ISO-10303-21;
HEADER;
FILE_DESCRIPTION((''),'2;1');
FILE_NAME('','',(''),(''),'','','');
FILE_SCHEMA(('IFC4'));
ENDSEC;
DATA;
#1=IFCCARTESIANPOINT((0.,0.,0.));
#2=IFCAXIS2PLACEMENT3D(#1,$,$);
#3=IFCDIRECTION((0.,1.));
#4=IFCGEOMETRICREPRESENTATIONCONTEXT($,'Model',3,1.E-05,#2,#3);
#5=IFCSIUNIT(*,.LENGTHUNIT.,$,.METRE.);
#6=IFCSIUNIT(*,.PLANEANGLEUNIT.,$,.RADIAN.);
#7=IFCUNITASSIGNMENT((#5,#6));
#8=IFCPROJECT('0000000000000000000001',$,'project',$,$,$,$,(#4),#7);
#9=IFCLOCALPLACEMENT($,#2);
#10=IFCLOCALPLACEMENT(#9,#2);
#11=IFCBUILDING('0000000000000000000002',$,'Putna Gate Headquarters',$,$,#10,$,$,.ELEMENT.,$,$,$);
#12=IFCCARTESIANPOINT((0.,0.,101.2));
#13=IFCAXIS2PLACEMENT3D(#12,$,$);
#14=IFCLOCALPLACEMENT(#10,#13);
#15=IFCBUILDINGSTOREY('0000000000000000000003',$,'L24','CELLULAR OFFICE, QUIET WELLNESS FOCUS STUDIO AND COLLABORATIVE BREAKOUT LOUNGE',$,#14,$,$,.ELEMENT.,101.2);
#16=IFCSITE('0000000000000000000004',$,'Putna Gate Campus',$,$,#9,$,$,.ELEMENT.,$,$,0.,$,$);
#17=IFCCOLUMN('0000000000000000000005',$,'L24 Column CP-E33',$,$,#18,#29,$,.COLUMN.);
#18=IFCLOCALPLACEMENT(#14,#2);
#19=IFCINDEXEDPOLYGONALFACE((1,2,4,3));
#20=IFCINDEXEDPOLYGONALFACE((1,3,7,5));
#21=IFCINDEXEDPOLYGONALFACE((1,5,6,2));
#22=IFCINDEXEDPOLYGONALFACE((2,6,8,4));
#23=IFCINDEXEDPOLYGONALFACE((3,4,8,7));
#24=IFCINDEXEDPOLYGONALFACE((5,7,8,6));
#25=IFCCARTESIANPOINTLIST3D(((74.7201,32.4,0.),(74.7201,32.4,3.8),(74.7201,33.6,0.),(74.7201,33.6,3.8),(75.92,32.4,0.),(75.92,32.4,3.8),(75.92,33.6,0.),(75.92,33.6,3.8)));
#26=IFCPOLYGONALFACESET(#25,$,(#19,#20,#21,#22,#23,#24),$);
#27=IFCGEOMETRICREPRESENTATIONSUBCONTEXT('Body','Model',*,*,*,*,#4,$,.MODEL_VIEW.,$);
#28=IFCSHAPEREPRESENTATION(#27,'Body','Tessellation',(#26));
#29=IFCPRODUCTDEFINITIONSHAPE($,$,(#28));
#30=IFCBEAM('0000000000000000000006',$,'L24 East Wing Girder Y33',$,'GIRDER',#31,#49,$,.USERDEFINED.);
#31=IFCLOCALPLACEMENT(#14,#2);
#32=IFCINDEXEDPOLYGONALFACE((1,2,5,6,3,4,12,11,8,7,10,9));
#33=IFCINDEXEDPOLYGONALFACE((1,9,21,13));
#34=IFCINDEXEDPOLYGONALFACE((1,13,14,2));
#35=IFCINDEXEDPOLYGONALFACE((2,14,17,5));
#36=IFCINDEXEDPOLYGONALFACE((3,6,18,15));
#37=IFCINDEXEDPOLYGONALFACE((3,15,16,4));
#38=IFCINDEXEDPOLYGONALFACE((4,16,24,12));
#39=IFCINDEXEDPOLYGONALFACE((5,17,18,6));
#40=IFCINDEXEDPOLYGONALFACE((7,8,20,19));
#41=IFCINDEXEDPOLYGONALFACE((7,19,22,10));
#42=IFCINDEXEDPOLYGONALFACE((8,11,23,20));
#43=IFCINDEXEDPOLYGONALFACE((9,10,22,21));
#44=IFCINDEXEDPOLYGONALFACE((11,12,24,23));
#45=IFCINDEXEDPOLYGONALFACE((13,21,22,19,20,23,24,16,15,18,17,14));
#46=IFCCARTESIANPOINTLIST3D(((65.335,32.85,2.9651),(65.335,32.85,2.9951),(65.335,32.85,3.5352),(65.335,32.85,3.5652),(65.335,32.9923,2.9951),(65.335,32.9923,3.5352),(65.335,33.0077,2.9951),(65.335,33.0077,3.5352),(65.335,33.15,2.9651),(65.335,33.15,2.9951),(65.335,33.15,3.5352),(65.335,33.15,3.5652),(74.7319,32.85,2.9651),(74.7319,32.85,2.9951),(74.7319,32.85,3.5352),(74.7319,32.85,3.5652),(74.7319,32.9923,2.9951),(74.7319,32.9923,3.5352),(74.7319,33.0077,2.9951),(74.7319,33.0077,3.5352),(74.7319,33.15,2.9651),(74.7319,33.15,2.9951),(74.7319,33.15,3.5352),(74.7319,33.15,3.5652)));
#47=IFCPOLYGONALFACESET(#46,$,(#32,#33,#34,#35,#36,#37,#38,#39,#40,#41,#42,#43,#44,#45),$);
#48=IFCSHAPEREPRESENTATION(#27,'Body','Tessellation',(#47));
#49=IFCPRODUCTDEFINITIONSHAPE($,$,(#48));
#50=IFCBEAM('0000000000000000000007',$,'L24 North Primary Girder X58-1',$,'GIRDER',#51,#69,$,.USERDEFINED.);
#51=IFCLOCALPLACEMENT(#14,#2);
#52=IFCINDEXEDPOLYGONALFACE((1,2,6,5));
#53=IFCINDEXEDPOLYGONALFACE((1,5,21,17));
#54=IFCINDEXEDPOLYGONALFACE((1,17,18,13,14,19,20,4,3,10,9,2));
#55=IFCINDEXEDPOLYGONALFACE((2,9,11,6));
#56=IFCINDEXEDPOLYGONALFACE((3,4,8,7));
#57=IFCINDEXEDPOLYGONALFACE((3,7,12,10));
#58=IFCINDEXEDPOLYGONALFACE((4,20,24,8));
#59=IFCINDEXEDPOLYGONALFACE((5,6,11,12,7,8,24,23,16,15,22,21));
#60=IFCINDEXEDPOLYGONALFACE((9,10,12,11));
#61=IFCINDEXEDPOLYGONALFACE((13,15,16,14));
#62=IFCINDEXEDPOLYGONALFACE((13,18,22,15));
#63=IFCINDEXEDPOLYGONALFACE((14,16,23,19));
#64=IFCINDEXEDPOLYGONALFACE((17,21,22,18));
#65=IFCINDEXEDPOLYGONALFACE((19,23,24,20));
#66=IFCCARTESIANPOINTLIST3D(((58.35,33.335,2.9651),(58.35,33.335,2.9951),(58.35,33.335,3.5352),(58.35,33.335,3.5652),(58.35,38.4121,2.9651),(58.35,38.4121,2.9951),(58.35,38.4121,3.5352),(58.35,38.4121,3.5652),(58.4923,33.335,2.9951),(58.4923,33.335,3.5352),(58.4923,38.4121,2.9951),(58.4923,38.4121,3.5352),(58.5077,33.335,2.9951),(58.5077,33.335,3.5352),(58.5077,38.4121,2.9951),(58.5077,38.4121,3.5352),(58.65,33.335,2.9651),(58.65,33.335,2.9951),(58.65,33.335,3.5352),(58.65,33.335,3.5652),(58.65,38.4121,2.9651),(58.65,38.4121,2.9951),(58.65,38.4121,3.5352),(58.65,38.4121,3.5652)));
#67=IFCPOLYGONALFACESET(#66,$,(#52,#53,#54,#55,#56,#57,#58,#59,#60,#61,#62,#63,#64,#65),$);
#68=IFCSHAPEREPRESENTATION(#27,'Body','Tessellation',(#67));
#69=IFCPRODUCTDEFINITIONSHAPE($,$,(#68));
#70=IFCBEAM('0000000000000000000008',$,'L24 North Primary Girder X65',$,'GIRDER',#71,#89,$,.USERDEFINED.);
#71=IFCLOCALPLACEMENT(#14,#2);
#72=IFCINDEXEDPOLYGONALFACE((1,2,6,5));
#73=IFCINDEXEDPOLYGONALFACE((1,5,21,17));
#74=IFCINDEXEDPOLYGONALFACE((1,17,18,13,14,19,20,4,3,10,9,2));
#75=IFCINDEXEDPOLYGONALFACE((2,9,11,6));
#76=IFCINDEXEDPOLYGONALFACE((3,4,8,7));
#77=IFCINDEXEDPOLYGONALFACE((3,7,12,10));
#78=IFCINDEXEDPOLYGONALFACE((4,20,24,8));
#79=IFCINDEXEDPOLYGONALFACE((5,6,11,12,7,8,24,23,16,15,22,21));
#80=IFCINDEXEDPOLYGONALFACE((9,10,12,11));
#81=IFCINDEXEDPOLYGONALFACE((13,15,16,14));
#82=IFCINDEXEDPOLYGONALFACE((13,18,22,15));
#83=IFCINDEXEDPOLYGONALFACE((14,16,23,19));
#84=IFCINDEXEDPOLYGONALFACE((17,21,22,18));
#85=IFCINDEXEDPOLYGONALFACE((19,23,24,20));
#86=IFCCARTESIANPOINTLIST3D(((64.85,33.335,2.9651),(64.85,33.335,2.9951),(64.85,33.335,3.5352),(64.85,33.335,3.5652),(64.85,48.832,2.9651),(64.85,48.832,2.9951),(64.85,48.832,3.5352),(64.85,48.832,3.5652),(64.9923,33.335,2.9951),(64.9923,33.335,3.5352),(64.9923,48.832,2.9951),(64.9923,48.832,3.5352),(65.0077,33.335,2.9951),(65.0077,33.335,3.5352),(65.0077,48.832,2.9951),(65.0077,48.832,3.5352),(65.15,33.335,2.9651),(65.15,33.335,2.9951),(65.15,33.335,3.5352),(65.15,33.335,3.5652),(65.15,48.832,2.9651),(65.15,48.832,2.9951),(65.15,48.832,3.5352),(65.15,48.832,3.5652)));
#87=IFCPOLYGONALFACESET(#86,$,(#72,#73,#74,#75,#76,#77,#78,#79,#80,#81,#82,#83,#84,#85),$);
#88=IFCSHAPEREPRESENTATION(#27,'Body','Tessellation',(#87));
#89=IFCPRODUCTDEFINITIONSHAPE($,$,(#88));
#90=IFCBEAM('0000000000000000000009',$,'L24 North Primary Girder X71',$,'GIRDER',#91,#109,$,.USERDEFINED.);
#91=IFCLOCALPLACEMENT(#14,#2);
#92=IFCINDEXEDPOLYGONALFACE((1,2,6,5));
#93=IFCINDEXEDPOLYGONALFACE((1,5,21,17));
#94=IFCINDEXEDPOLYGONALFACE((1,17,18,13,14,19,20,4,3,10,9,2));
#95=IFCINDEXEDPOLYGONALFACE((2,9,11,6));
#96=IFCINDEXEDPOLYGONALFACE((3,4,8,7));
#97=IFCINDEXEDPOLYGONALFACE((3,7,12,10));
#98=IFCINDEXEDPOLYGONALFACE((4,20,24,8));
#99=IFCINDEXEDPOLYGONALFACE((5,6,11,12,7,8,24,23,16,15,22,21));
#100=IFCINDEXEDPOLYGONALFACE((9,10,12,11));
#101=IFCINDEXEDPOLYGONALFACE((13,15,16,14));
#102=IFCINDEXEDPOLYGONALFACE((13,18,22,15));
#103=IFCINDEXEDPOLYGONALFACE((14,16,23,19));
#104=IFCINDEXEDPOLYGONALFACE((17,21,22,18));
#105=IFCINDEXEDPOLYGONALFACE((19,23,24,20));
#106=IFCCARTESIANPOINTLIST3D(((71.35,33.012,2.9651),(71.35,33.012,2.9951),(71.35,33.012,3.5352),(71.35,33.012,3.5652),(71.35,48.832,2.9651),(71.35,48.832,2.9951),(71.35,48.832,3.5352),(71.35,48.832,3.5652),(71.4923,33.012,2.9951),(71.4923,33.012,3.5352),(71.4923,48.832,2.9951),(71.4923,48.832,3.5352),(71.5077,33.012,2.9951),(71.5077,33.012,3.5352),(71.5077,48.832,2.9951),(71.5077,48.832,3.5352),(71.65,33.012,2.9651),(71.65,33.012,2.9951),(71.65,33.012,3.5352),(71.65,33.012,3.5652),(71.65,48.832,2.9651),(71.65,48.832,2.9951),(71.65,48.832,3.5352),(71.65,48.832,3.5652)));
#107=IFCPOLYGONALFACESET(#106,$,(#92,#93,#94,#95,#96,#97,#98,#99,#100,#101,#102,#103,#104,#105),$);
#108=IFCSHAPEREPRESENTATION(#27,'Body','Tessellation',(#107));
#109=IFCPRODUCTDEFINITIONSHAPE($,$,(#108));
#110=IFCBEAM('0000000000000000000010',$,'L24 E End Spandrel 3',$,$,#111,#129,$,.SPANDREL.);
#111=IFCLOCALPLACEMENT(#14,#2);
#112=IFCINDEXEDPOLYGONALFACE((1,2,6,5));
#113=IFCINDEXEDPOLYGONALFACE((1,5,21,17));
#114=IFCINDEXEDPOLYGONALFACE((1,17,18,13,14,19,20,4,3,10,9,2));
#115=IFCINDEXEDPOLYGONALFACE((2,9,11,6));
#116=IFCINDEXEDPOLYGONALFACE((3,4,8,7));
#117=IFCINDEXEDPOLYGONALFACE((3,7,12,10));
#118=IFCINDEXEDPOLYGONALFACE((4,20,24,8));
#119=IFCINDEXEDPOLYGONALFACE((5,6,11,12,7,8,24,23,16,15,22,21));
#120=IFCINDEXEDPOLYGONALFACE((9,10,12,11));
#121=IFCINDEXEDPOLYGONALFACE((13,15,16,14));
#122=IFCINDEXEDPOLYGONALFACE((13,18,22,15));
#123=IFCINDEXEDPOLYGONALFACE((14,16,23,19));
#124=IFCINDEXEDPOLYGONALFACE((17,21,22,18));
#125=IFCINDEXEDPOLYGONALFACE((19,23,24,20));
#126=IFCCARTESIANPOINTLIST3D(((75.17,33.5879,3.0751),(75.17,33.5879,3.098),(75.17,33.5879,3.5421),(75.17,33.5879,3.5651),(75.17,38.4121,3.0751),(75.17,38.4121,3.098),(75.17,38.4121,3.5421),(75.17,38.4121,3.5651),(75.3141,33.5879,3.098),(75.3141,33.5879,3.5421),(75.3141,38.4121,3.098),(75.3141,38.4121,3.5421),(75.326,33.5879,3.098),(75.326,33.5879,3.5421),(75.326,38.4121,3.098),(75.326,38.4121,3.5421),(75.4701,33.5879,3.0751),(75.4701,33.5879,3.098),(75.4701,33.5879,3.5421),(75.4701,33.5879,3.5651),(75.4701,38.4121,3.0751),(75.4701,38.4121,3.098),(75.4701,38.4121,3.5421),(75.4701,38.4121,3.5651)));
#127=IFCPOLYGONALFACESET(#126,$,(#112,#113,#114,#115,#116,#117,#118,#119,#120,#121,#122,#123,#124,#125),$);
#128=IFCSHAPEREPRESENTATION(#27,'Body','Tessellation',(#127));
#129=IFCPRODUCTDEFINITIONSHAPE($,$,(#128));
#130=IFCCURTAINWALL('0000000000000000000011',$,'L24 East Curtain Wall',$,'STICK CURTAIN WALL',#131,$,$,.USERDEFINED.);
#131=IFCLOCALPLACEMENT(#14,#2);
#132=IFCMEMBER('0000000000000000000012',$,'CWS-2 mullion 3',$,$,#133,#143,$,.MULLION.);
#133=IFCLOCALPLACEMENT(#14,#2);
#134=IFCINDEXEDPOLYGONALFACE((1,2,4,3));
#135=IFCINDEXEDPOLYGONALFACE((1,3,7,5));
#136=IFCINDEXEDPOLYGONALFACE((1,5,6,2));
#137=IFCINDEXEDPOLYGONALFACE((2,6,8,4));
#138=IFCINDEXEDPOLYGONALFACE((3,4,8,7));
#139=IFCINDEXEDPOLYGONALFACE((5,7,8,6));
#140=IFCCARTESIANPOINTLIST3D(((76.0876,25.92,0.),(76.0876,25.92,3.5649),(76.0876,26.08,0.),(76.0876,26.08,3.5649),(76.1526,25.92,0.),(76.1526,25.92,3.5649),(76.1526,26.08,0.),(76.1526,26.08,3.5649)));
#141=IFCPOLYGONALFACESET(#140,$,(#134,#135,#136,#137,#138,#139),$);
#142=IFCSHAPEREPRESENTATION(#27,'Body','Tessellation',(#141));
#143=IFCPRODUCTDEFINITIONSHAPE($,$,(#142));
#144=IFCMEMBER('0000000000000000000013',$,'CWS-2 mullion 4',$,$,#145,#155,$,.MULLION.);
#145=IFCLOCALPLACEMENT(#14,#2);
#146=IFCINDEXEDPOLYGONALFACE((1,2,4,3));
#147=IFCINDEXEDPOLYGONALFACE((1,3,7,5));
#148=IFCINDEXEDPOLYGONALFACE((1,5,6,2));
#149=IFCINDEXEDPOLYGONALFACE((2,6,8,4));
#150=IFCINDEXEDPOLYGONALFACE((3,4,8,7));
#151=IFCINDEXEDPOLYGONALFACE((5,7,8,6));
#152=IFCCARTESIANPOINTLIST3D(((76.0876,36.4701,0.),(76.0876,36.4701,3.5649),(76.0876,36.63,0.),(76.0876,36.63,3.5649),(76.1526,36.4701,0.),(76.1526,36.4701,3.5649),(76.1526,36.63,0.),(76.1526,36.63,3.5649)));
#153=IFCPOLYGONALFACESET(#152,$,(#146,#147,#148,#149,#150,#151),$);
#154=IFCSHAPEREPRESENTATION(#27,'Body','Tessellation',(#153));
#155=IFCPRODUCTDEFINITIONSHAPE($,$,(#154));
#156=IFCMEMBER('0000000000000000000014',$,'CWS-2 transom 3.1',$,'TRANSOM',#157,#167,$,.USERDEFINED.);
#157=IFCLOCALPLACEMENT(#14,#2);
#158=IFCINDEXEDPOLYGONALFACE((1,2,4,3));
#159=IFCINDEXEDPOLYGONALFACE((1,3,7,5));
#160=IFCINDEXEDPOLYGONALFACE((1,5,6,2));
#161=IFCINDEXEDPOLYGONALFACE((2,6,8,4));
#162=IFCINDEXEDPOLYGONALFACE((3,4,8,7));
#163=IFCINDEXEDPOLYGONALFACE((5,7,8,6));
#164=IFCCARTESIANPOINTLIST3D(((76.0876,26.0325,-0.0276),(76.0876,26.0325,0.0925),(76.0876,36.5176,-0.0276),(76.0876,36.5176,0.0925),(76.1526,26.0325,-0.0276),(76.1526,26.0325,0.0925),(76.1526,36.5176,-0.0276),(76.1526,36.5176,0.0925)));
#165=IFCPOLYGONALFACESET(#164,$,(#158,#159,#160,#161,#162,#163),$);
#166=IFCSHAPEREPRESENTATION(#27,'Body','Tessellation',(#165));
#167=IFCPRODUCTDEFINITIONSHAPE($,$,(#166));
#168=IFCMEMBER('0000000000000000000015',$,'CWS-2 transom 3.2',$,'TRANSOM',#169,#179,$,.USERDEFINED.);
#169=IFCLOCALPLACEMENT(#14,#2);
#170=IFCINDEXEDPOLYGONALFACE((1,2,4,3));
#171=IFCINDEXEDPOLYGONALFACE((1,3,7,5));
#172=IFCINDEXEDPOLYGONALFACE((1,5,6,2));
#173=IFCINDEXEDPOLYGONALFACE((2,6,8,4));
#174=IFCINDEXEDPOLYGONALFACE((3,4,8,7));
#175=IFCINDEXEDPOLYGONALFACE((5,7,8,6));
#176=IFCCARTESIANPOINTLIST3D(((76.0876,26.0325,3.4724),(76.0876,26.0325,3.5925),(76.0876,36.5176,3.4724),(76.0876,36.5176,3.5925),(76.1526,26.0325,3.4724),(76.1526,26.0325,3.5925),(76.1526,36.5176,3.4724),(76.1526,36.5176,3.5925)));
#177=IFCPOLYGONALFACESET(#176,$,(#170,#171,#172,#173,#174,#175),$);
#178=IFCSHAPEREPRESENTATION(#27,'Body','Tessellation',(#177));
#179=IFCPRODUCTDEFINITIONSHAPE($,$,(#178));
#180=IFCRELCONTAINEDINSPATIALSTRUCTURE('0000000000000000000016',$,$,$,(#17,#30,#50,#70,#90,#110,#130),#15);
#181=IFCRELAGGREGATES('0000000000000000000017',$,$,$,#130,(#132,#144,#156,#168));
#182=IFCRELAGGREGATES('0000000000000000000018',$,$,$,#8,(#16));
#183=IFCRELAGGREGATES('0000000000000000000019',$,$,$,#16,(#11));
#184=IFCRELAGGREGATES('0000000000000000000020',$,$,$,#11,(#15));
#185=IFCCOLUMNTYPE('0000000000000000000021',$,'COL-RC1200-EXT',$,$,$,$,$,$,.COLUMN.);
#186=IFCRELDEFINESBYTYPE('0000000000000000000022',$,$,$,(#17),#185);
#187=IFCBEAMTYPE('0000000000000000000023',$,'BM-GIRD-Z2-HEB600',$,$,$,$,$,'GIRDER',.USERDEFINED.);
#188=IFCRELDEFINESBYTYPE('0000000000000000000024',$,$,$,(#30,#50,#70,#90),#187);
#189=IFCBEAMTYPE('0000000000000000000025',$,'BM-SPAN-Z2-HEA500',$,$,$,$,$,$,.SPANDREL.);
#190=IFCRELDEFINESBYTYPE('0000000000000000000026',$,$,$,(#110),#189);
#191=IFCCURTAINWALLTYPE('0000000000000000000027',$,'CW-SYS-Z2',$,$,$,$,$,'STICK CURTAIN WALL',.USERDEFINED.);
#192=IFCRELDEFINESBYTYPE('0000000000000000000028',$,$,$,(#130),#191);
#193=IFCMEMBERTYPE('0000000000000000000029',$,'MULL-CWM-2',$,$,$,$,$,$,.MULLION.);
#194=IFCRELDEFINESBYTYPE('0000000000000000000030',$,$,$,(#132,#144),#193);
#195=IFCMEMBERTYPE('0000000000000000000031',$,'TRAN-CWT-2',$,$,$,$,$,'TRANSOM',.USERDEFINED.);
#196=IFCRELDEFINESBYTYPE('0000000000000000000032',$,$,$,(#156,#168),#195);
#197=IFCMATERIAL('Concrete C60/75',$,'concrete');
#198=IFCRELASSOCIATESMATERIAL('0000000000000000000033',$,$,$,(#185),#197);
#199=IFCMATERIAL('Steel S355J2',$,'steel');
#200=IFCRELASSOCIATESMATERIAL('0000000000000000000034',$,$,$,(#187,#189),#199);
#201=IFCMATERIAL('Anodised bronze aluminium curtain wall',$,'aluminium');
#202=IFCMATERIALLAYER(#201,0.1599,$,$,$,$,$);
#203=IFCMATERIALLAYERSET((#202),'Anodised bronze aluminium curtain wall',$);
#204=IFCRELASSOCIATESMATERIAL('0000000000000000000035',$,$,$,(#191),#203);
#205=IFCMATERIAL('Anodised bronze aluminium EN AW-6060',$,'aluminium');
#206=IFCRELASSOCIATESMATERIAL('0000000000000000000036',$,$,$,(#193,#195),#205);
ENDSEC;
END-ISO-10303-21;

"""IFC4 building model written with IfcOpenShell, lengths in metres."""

from ifc_helpers import new_model, si_unit, direction, frame, origin, origin_2d, place, context, subcontext, project, spatial, rectangle, i_section, extrude, material, layer, layer_set, material_profile, profile_set, type_object, element, aggregate, save


model = new_model("IFC4")

# Units and contexts
model_context = context("Model", 3, precision=1e-05, world=origin(), true_north=direction((0.0, 1.0)))
body_context = subcontext(model_context, "Body", "Model", "MODEL_VIEW")
ifc_project = project(units=[si_unit("LENGTHUNIT", "METRE"), si_unit("PLANEANGLEUNIT", "RADIAN")], contexts=[model_context])

# Site, building, storey
site_placement = place(None, origin())
site = spatial("IfcSite", under=ifc_project, at=site_placement, Name="Putna Gate Campus", CompositionType="ELEMENT", RefElevation=0.0)
building_placement = place(site_placement, origin())
building = spatial("IfcBuilding", under=site, at=building_placement, Name="Putna Gate Headquarters", CompositionType="ELEMENT")
storey_placement = place(building_placement, frame((0.0, 0.0, 101.2)))
storey = spatial("IfcBuildingStorey", under=building, at=storey_placement, Name="L24", Description="CELLULAR OFFICE, QUIET WELLNESS FOCUS STUDIO AND COLLABORATIVE BREAKOUT LOUNGE", CompositionType="ELEMENT", Elevation=101.2)

# Column
ifc_material_1 = material(Name="Concrete C60/75", Category="concrete")
ifc_material_profile_1 = material_profile(ifc_material_1, rectangle(XDim=1.2, YDim=1.2, at=origin_2d()), Name="Concrete C60/75")
ifc_profile_set_1 = profile_set([ifc_material_profile_1], Name="Concrete C60/75")
column_type = type_object("IfcColumnType", Name="COL-RC1200-EXT", PredefinedType="COLUMN", material=ifc_profile_set_1)
column_placement = place(storey_placement, frame((75.3201, 33.0, 0.0), z_axis=(0.0, 0.0, 1.0), x_axis=(1.0, 0.0, 0.0)))
element("IfcColumn", 1, at=column_placement, inside=storey, type_object=column_type, Name="L24 Column CP-E33", PredefinedType="COLUMN", context=body_context, shape_type="SweptSolid", body=[
    extrude(rectangle(XDim=1.2, YDim=1.2, at=origin_2d()), origin(), (0.0, 0.0, 1.0), 3.8),
])

# Beams
ifc_material_2 = material(Name="Steel S355J2", Category="steel")
ifc_material_profile_2 = material_profile(ifc_material_2, i_section(OverallWidth=0.3, OverallDepth=0.6001, WebThickness=0.0154, FlangeThickness=0.03, at=origin_2d()), Name="Steel S355J2")
ifc_profile_set_2 = profile_set([ifc_material_profile_2], Name="Steel S355J2")
beam_type_1 = type_object("IfcBeamType", Name="BM-GIRD-Z2-HEB600", ElementType="GIRDER", PredefinedType="USERDEFINED", material=ifc_profile_set_2)
beam_1_placement = place(storey_placement, frame((65.335, 33.0, 3.2651), z_axis=(1.0, 0.0, 0.0), x_axis=(0.0, 1.0, 0.0)))
element("IfcBeam", 2, at=beam_1_placement, inside=storey, type_object=beam_type_1, Name="L24 East Wing Girder Y33", ObjectType="GIRDER", PredefinedType="USERDEFINED", context=body_context, shape_type="SweptSolid", body=[
    extrude(i_section(OverallWidth=0.3, OverallDepth=0.6001, WebThickness=0.0154, FlangeThickness=0.03, at=origin_2d()), origin(), (0.0, 0.0, 1.0), 9.397),
])
beam_2_placement = place(storey_placement, frame((58.5, 33.335, 3.2651), z_axis=(0.0, 1.0, 0.0), x_axis=(-1.0, 0.0, 0.0)))
element("IfcBeam", 3, at=beam_2_placement, inside=storey, type_object=beam_type_1, Name="L24 North Primary Girder X58-1", ObjectType="GIRDER", PredefinedType="USERDEFINED", context=body_context, shape_type="SweptSolid", body=[
    extrude(i_section(OverallWidth=0.3, OverallDepth=0.6001, WebThickness=0.0154, FlangeThickness=0.03, at=origin_2d()), origin(), (0.0, 0.0, 1.0), 5.0771),
])
beam_3_placement = place(storey_placement, frame((65.0, 33.335, 3.2651), z_axis=(0.0, 1.0, 0.0), x_axis=(-1.0, 0.0, 0.0)))
element("IfcBeam", 4, at=beam_3_placement, inside=storey, type_object=beam_type_1, Name="L24 North Primary Girder X65", ObjectType="GIRDER", PredefinedType="USERDEFINED", context=body_context, shape_type="SweptSolid", body=[
    extrude(i_section(OverallWidth=0.3, OverallDepth=0.6001, WebThickness=0.0154, FlangeThickness=0.03, at=origin_2d()), origin(), (0.0, 0.0, 1.0), 15.4971),
])
beam_4_placement = place(storey_placement, frame((71.5, 33.012, 3.2651), z_axis=(0.0, 1.0, 0.0), x_axis=(-1.0, 0.0, 0.0)))
element("IfcBeam", 5, at=beam_4_placement, inside=storey, type_object=beam_type_1, Name="L24 North Primary Girder X71", ObjectType="GIRDER", PredefinedType="USERDEFINED", context=body_context, shape_type="SweptSolid", body=[
    extrude(i_section(OverallWidth=0.3, OverallDepth=0.6001, WebThickness=0.0154, FlangeThickness=0.03, at=origin_2d()), origin(), (0.0, 0.0, 1.0), 15.8201),
])
ifc_material_profile_3 = material_profile(ifc_material_2, i_section(OverallWidth=0.3, OverallDepth=0.49, WebThickness=0.012, FlangeThickness=0.0229, at=origin_2d()), Name="Steel S355J2")
ifc_profile_set_3 = profile_set([ifc_material_profile_3], Name="Steel S355J2")
beam_type_2 = type_object("IfcBeamType", Name="BM-SPAN-Z2-HEA500", PredefinedType="SPANDREL", material=ifc_profile_set_3)
beam_5_placement = place(storey_placement, frame((75.3201, 33.5879, 3.3201), z_axis=(0.0, 1.0, 0.0), x_axis=(-1.0, 0.0, 0.0)))
element("IfcBeam", 6, at=beam_5_placement, inside=storey, type_object=beam_type_2, Name="L24 E End Spandrel 3", PredefinedType="SPANDREL", context=body_context, shape_type="SweptSolid", body=[
    extrude(i_section(OverallWidth=0.3, OverallDepth=0.49, WebThickness=0.012, FlangeThickness=0.0229, at=origin_2d()), origin(), (0.0, 0.0, 1.0), 4.8242),
])

# Curtain wall, members
ifc_material_3 = material(Name="Anodised bronze aluminium curtain wall", Category="aluminium")
ifc_layer_1 = layer(ifc_material_3, 0.1599)
ifc_layer_set_1 = layer_set([ifc_layer_1], Name="Anodised bronze aluminium curtain wall")
curtain_wall_type = type_object("IfcCurtainWallType", Name="CW-SYS-Z2", ElementType="STICK CURTAIN WALL", PredefinedType="USERDEFINED", material=ifc_layer_set_1)
curtain_wall_placement = place(storey_placement, origin())
curtain_wall = element("IfcCurtainWall", 7, at=curtain_wall_placement, inside=storey, type_object=curtain_wall_type, Name="L24 East Curtain Wall", ObjectType="STICK CURTAIN WALL", PredefinedType="USERDEFINED")
ifc_material_4 = material(Name="Anodised bronze aluminium EN AW-6060", Category="aluminium")
ifc_material_profile_4 = material_profile(ifc_material_4, rectangle(XDim=0.0649, YDim=0.1599, at=origin_2d()), Name="Anodised bronze aluminium EN AW-6060")
ifc_profile_set_4 = profile_set([ifc_material_profile_4], Name="Anodised bronze aluminium EN AW-6060")
member_type_1 = type_object("IfcMemberType", Name="MULL-CWM-2", PredefinedType="MULLION", material=ifc_profile_set_4)
member_1_placement = place(storey_placement, frame((76.1201, 26.0, 0.0), z_axis=(0.0, 0.0, 1.0), x_axis=(-1.0, 0.0, 0.0)))
member_1 = element("IfcMember", 8, at=member_1_placement, type_object=member_type_1, Name="CWS-2 mullion 3", PredefinedType="MULLION", context=body_context, shape_type="SweptSolid", body=[
    extrude(rectangle(XDim=0.0649, YDim=0.1599, at=origin_2d()), origin(), (0.0, 0.0, 1.0), 3.5649),
])
member_2_placement = place(storey_placement, frame((76.1201, 36.55, 0.0), z_axis=(0.0, 0.0, 1.0), x_axis=(-1.0, 0.0, 0.0)))
member_2 = element("IfcMember", 9, at=member_2_placement, type_object=member_type_1, Name="CWS-2 mullion 4", PredefinedType="MULLION", context=body_context, shape_type="SweptSolid", body=[
    extrude(rectangle(XDim=0.0649, YDim=0.1599, at=origin_2d()), origin(), (0.0, 0.0, 1.0), 3.5649),
])
ifc_material_profile_5 = material_profile(ifc_material_4, rectangle(XDim=0.0649, YDim=0.1201, at=origin_2d()), Name="Anodised bronze aluminium EN AW-6060")
ifc_profile_set_5 = profile_set([ifc_material_profile_5], Name="Anodised bronze aluminium EN AW-6060")
member_type_2 = type_object("IfcMemberType", Name="TRAN-CWT-2", ElementType="TRANSOM", PredefinedType="USERDEFINED", material=ifc_profile_set_5)
member_3_placement = place(storey_placement, frame((76.1201, 26.0325, 0.0325), z_axis=(0.0, 1.0, 0.0), x_axis=(-1.0, 0.0, 0.0)))
member_3 = element("IfcMember", 10, at=member_3_placement, type_object=member_type_2, Name="CWS-2 transom 3.1", ObjectType="TRANSOM", PredefinedType="USERDEFINED", context=body_context, shape_type="SweptSolid", body=[
    extrude(rectangle(XDim=0.0649, YDim=0.1201, at=origin_2d()), origin(), (0.0, 0.0, 1.0), 10.4851),
])
member_4_placement = place(storey_placement, frame((76.1201, 26.0325, 3.5325), z_axis=(0.0, 1.0, 0.0), x_axis=(-1.0, 0.0, 0.0)))
member_4 = element("IfcMember", 11, at=member_4_placement, type_object=member_type_2, Name="CWS-2 transom 3.2", ObjectType="TRANSOM", PredefinedType="USERDEFINED", context=body_context, shape_type="SweptSolid", body=[
    extrude(rectangle(XDim=0.0649, YDim=0.1201, at=origin_2d()), origin(), (0.0, 0.0, 1.0), 10.4851),
])
aggregate(curtain_wall, [member_1, member_2, member_3, member_4])

save(model, "model.ifc")
